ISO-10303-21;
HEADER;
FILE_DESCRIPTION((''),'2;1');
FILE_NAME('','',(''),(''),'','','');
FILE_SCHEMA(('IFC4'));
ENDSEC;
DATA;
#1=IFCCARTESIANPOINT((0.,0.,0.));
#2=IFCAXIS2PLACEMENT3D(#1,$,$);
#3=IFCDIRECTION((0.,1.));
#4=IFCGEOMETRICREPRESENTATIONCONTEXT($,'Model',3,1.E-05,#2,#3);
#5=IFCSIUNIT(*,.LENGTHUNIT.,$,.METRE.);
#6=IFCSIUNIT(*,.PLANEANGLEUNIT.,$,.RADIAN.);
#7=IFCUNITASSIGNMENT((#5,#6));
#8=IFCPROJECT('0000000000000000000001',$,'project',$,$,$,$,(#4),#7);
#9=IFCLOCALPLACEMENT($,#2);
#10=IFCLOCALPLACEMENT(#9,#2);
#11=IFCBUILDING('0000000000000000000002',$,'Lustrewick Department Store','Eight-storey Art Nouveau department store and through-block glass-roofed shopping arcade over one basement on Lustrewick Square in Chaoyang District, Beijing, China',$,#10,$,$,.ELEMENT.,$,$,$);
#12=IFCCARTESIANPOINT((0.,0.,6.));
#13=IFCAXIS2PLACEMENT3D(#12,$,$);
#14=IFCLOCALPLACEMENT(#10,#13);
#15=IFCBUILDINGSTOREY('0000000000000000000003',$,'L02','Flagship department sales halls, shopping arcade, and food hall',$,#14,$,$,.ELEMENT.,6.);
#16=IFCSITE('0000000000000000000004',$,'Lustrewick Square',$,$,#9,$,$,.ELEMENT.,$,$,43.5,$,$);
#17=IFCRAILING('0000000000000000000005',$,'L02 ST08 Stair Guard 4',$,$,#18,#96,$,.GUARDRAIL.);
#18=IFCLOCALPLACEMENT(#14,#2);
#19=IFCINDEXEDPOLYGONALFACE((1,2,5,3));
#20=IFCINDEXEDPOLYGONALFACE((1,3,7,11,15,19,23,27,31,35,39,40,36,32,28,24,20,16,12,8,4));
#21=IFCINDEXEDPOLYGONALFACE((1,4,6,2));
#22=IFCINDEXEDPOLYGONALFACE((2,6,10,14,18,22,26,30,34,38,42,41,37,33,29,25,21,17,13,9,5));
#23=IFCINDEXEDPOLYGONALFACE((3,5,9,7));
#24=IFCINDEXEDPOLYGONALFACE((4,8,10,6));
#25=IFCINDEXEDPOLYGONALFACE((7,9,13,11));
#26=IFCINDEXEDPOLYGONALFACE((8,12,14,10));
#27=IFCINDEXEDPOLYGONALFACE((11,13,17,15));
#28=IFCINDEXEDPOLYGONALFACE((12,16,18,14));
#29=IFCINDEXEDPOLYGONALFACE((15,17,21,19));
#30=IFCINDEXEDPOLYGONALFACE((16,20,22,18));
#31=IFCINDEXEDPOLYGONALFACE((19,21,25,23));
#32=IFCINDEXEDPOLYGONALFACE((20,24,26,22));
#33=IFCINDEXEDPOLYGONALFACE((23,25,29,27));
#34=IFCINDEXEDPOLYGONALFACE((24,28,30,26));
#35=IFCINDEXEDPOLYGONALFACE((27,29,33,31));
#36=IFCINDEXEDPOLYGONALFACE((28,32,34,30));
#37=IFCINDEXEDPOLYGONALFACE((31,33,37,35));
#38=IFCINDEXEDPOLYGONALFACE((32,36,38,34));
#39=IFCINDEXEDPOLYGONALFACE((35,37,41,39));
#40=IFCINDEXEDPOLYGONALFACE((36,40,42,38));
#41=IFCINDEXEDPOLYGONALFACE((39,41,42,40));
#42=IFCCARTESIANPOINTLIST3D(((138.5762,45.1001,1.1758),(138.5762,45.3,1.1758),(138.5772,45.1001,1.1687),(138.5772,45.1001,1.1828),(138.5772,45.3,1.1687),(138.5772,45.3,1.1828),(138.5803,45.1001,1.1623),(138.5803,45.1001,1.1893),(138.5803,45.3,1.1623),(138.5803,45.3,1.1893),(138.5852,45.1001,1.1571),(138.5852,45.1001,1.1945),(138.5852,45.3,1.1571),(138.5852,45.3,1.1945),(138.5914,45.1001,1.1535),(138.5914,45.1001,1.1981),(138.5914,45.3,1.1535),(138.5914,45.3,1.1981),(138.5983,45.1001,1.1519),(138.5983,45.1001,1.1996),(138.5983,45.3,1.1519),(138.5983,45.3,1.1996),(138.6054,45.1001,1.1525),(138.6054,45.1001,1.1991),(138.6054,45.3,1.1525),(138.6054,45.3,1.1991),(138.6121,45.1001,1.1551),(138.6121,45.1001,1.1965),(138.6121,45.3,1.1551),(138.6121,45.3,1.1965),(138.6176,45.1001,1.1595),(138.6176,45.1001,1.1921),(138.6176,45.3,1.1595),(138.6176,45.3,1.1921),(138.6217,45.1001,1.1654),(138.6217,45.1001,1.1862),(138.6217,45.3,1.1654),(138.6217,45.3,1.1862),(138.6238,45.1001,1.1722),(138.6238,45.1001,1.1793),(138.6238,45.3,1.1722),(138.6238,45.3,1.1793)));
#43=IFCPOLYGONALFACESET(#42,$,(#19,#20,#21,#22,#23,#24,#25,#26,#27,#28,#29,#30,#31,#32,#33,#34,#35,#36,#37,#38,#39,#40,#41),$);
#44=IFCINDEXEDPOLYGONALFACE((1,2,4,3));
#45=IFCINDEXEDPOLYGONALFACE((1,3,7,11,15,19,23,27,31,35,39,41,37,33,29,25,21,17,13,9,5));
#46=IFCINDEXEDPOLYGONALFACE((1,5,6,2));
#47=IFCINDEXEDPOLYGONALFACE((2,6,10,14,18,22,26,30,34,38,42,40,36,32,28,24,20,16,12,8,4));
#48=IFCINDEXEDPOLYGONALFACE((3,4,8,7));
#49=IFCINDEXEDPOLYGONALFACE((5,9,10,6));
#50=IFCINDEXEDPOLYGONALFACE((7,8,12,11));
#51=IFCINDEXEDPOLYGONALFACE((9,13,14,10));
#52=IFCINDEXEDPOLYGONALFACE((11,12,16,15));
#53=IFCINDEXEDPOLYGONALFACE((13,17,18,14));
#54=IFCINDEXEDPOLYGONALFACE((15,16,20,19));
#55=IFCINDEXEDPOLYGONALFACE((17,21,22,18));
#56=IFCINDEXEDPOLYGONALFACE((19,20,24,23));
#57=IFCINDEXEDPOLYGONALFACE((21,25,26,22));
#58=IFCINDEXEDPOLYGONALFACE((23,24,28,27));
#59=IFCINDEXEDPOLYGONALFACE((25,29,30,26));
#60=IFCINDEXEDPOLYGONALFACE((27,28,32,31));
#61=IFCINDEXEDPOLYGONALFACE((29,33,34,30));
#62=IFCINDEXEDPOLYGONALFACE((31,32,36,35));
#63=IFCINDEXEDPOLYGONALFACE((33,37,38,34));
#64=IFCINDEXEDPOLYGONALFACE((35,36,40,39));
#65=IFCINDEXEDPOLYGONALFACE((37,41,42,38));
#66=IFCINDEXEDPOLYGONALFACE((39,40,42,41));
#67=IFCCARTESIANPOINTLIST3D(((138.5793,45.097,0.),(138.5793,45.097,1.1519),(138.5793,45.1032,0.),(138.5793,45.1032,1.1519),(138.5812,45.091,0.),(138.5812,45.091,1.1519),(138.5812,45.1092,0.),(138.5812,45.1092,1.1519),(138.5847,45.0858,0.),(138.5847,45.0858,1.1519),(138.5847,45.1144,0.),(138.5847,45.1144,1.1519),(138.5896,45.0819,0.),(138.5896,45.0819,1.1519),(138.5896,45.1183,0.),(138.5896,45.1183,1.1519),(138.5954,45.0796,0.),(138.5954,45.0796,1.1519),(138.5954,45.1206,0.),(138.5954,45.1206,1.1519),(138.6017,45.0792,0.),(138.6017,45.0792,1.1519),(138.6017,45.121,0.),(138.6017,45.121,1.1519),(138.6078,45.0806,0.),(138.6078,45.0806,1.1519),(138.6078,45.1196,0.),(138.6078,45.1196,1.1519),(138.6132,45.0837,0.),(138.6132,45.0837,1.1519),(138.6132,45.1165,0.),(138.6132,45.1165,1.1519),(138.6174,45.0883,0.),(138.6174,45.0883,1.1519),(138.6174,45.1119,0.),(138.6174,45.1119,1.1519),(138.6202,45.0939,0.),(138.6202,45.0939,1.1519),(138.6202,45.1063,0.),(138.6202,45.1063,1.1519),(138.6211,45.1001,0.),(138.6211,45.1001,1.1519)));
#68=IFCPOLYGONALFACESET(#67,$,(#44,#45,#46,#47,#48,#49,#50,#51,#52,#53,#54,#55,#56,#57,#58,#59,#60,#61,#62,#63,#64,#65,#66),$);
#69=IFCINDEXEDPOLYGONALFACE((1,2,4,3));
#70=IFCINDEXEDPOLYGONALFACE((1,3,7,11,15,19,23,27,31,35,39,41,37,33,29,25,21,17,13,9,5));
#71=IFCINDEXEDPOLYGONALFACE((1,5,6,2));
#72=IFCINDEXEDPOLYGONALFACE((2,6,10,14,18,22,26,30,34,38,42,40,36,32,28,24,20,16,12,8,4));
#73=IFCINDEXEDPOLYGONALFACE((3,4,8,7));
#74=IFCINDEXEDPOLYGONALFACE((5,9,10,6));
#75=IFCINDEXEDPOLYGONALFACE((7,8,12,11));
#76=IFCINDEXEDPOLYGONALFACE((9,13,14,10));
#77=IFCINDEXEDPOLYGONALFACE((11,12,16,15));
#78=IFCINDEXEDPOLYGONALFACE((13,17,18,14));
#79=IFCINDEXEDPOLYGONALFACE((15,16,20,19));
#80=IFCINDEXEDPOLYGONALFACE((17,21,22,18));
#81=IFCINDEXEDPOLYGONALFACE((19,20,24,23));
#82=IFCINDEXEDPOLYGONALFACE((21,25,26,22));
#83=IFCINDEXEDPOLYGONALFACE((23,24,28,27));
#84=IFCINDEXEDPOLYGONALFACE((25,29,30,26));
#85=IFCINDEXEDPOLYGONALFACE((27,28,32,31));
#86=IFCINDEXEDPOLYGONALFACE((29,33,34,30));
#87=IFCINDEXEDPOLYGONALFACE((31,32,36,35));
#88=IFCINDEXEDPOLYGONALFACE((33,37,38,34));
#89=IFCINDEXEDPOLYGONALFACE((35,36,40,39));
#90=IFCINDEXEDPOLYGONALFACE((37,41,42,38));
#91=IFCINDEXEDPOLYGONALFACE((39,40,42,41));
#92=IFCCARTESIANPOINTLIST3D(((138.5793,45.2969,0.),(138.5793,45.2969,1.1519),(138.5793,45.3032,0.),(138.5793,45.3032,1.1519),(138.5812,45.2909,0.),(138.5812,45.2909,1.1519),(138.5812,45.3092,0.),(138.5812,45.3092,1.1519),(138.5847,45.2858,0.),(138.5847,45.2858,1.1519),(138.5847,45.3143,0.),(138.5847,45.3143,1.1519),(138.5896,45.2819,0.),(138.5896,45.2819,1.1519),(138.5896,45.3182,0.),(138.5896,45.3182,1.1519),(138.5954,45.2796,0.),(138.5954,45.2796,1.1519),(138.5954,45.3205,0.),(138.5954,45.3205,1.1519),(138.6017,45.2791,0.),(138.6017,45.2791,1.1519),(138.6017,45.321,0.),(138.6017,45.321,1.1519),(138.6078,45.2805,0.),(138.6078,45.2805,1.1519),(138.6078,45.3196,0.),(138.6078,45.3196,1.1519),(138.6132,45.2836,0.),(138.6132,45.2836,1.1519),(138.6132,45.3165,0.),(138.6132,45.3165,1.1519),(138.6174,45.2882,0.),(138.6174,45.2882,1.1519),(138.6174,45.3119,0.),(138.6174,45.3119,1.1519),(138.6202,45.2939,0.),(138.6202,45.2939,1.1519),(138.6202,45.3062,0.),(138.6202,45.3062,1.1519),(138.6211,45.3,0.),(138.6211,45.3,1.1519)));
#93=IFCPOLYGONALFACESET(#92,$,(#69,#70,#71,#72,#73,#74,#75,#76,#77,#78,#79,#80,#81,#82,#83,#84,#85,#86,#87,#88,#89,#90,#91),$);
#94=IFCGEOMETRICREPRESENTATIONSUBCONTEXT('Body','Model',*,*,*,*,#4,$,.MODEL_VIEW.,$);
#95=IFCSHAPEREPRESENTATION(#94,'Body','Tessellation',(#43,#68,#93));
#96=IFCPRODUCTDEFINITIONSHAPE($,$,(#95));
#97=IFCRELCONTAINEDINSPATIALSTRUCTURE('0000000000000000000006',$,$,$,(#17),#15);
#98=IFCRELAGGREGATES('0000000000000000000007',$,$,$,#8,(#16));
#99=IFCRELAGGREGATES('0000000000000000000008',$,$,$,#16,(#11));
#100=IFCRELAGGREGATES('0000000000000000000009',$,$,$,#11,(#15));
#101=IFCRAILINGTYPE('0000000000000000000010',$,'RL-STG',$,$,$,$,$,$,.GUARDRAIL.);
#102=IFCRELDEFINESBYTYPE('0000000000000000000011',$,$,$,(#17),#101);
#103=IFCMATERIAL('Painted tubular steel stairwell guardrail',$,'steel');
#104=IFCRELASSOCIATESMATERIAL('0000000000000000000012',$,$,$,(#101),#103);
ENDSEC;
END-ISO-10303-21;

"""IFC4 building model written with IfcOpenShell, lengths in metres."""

from ifc_helpers import new_model, si_unit, direction, frame, origin, origin_2d, place, context, subcontext, project, spatial, circle, extrude, material, type_object, element, save


model = new_model("IFC4")

# Units and contexts
model_context = context("Model", 3, precision=1e-05, world=origin(), true_north=direction((0.0, 1.0)))
body_context = subcontext(model_context, "Body", "Model", "MODEL_VIEW")
ifc_project = project(units=[si_unit("LENGTHUNIT", "METRE"), si_unit("PLANEANGLEUNIT", "RADIAN")], contexts=[model_context])

# Site, building, storey
site_placement = place(None, origin())
site = spatial("IfcSite", under=ifc_project, at=site_placement, Name="Lustrewick Square", CompositionType="ELEMENT", RefElevation=43.5)
building_placement = place(site_placement, origin())
building = spatial("IfcBuilding", under=site, at=building_placement, Name="Lustrewick Department Store", Description="Eight-storey Art Nouveau department store and through-block glass-roofed shopping arcade over one basement on Lustrewick Square in Chaoyang District, Beijing, China", CompositionType="ELEMENT")
storey_placement = place(building_placement, frame((0.0, 0.0, 6.0)))
storey = spatial("IfcBuildingStorey", under=building, at=storey_placement, Name="L02", Description="Flagship department sales halls, shopping arcade, and food hall", CompositionType="ELEMENT", Elevation=6.0)

# Railing
ifc_material_1 = material(Name="Painted tubular steel stairwell guardrail", Category="steel")
railing_type_1 = type_object("IfcRailingType", Name="RL-STG", PredefinedType="GUARDRAIL", material=ifc_material_1)
railing_1_placement = place(storey_placement, frame((138.6001, 45.1001, 0.0)))
element("IfcRailing", 1, at=railing_1_placement, inside=storey, type_object=railing_type_1, Name="L02 ST08 Stair Guard 4", PredefinedType="GUARDRAIL", context=body_context, shape_type="SweptSolid", body=[
    extrude(circle(Radius=0.0239, at=origin_2d()), frame((0.0, 0.0, 1.1758), z_axis=(0.0, 1.0, 0.0), x_axis=(-1.0, 0.0, 0.0)), (0.0, 0.0, 1.0), 0.2),
    extrude(circle(Radius=0.021, at=origin_2d()), origin(), (0.0, 0.0, 1.0), 1.1519),
    extrude(circle(Radius=0.021, at=origin_2d()), frame((0.0, 0.2, 0.0)), (0.0, 0.0, 1.0), 1.1519),
])

save(model, "model.ifc")
